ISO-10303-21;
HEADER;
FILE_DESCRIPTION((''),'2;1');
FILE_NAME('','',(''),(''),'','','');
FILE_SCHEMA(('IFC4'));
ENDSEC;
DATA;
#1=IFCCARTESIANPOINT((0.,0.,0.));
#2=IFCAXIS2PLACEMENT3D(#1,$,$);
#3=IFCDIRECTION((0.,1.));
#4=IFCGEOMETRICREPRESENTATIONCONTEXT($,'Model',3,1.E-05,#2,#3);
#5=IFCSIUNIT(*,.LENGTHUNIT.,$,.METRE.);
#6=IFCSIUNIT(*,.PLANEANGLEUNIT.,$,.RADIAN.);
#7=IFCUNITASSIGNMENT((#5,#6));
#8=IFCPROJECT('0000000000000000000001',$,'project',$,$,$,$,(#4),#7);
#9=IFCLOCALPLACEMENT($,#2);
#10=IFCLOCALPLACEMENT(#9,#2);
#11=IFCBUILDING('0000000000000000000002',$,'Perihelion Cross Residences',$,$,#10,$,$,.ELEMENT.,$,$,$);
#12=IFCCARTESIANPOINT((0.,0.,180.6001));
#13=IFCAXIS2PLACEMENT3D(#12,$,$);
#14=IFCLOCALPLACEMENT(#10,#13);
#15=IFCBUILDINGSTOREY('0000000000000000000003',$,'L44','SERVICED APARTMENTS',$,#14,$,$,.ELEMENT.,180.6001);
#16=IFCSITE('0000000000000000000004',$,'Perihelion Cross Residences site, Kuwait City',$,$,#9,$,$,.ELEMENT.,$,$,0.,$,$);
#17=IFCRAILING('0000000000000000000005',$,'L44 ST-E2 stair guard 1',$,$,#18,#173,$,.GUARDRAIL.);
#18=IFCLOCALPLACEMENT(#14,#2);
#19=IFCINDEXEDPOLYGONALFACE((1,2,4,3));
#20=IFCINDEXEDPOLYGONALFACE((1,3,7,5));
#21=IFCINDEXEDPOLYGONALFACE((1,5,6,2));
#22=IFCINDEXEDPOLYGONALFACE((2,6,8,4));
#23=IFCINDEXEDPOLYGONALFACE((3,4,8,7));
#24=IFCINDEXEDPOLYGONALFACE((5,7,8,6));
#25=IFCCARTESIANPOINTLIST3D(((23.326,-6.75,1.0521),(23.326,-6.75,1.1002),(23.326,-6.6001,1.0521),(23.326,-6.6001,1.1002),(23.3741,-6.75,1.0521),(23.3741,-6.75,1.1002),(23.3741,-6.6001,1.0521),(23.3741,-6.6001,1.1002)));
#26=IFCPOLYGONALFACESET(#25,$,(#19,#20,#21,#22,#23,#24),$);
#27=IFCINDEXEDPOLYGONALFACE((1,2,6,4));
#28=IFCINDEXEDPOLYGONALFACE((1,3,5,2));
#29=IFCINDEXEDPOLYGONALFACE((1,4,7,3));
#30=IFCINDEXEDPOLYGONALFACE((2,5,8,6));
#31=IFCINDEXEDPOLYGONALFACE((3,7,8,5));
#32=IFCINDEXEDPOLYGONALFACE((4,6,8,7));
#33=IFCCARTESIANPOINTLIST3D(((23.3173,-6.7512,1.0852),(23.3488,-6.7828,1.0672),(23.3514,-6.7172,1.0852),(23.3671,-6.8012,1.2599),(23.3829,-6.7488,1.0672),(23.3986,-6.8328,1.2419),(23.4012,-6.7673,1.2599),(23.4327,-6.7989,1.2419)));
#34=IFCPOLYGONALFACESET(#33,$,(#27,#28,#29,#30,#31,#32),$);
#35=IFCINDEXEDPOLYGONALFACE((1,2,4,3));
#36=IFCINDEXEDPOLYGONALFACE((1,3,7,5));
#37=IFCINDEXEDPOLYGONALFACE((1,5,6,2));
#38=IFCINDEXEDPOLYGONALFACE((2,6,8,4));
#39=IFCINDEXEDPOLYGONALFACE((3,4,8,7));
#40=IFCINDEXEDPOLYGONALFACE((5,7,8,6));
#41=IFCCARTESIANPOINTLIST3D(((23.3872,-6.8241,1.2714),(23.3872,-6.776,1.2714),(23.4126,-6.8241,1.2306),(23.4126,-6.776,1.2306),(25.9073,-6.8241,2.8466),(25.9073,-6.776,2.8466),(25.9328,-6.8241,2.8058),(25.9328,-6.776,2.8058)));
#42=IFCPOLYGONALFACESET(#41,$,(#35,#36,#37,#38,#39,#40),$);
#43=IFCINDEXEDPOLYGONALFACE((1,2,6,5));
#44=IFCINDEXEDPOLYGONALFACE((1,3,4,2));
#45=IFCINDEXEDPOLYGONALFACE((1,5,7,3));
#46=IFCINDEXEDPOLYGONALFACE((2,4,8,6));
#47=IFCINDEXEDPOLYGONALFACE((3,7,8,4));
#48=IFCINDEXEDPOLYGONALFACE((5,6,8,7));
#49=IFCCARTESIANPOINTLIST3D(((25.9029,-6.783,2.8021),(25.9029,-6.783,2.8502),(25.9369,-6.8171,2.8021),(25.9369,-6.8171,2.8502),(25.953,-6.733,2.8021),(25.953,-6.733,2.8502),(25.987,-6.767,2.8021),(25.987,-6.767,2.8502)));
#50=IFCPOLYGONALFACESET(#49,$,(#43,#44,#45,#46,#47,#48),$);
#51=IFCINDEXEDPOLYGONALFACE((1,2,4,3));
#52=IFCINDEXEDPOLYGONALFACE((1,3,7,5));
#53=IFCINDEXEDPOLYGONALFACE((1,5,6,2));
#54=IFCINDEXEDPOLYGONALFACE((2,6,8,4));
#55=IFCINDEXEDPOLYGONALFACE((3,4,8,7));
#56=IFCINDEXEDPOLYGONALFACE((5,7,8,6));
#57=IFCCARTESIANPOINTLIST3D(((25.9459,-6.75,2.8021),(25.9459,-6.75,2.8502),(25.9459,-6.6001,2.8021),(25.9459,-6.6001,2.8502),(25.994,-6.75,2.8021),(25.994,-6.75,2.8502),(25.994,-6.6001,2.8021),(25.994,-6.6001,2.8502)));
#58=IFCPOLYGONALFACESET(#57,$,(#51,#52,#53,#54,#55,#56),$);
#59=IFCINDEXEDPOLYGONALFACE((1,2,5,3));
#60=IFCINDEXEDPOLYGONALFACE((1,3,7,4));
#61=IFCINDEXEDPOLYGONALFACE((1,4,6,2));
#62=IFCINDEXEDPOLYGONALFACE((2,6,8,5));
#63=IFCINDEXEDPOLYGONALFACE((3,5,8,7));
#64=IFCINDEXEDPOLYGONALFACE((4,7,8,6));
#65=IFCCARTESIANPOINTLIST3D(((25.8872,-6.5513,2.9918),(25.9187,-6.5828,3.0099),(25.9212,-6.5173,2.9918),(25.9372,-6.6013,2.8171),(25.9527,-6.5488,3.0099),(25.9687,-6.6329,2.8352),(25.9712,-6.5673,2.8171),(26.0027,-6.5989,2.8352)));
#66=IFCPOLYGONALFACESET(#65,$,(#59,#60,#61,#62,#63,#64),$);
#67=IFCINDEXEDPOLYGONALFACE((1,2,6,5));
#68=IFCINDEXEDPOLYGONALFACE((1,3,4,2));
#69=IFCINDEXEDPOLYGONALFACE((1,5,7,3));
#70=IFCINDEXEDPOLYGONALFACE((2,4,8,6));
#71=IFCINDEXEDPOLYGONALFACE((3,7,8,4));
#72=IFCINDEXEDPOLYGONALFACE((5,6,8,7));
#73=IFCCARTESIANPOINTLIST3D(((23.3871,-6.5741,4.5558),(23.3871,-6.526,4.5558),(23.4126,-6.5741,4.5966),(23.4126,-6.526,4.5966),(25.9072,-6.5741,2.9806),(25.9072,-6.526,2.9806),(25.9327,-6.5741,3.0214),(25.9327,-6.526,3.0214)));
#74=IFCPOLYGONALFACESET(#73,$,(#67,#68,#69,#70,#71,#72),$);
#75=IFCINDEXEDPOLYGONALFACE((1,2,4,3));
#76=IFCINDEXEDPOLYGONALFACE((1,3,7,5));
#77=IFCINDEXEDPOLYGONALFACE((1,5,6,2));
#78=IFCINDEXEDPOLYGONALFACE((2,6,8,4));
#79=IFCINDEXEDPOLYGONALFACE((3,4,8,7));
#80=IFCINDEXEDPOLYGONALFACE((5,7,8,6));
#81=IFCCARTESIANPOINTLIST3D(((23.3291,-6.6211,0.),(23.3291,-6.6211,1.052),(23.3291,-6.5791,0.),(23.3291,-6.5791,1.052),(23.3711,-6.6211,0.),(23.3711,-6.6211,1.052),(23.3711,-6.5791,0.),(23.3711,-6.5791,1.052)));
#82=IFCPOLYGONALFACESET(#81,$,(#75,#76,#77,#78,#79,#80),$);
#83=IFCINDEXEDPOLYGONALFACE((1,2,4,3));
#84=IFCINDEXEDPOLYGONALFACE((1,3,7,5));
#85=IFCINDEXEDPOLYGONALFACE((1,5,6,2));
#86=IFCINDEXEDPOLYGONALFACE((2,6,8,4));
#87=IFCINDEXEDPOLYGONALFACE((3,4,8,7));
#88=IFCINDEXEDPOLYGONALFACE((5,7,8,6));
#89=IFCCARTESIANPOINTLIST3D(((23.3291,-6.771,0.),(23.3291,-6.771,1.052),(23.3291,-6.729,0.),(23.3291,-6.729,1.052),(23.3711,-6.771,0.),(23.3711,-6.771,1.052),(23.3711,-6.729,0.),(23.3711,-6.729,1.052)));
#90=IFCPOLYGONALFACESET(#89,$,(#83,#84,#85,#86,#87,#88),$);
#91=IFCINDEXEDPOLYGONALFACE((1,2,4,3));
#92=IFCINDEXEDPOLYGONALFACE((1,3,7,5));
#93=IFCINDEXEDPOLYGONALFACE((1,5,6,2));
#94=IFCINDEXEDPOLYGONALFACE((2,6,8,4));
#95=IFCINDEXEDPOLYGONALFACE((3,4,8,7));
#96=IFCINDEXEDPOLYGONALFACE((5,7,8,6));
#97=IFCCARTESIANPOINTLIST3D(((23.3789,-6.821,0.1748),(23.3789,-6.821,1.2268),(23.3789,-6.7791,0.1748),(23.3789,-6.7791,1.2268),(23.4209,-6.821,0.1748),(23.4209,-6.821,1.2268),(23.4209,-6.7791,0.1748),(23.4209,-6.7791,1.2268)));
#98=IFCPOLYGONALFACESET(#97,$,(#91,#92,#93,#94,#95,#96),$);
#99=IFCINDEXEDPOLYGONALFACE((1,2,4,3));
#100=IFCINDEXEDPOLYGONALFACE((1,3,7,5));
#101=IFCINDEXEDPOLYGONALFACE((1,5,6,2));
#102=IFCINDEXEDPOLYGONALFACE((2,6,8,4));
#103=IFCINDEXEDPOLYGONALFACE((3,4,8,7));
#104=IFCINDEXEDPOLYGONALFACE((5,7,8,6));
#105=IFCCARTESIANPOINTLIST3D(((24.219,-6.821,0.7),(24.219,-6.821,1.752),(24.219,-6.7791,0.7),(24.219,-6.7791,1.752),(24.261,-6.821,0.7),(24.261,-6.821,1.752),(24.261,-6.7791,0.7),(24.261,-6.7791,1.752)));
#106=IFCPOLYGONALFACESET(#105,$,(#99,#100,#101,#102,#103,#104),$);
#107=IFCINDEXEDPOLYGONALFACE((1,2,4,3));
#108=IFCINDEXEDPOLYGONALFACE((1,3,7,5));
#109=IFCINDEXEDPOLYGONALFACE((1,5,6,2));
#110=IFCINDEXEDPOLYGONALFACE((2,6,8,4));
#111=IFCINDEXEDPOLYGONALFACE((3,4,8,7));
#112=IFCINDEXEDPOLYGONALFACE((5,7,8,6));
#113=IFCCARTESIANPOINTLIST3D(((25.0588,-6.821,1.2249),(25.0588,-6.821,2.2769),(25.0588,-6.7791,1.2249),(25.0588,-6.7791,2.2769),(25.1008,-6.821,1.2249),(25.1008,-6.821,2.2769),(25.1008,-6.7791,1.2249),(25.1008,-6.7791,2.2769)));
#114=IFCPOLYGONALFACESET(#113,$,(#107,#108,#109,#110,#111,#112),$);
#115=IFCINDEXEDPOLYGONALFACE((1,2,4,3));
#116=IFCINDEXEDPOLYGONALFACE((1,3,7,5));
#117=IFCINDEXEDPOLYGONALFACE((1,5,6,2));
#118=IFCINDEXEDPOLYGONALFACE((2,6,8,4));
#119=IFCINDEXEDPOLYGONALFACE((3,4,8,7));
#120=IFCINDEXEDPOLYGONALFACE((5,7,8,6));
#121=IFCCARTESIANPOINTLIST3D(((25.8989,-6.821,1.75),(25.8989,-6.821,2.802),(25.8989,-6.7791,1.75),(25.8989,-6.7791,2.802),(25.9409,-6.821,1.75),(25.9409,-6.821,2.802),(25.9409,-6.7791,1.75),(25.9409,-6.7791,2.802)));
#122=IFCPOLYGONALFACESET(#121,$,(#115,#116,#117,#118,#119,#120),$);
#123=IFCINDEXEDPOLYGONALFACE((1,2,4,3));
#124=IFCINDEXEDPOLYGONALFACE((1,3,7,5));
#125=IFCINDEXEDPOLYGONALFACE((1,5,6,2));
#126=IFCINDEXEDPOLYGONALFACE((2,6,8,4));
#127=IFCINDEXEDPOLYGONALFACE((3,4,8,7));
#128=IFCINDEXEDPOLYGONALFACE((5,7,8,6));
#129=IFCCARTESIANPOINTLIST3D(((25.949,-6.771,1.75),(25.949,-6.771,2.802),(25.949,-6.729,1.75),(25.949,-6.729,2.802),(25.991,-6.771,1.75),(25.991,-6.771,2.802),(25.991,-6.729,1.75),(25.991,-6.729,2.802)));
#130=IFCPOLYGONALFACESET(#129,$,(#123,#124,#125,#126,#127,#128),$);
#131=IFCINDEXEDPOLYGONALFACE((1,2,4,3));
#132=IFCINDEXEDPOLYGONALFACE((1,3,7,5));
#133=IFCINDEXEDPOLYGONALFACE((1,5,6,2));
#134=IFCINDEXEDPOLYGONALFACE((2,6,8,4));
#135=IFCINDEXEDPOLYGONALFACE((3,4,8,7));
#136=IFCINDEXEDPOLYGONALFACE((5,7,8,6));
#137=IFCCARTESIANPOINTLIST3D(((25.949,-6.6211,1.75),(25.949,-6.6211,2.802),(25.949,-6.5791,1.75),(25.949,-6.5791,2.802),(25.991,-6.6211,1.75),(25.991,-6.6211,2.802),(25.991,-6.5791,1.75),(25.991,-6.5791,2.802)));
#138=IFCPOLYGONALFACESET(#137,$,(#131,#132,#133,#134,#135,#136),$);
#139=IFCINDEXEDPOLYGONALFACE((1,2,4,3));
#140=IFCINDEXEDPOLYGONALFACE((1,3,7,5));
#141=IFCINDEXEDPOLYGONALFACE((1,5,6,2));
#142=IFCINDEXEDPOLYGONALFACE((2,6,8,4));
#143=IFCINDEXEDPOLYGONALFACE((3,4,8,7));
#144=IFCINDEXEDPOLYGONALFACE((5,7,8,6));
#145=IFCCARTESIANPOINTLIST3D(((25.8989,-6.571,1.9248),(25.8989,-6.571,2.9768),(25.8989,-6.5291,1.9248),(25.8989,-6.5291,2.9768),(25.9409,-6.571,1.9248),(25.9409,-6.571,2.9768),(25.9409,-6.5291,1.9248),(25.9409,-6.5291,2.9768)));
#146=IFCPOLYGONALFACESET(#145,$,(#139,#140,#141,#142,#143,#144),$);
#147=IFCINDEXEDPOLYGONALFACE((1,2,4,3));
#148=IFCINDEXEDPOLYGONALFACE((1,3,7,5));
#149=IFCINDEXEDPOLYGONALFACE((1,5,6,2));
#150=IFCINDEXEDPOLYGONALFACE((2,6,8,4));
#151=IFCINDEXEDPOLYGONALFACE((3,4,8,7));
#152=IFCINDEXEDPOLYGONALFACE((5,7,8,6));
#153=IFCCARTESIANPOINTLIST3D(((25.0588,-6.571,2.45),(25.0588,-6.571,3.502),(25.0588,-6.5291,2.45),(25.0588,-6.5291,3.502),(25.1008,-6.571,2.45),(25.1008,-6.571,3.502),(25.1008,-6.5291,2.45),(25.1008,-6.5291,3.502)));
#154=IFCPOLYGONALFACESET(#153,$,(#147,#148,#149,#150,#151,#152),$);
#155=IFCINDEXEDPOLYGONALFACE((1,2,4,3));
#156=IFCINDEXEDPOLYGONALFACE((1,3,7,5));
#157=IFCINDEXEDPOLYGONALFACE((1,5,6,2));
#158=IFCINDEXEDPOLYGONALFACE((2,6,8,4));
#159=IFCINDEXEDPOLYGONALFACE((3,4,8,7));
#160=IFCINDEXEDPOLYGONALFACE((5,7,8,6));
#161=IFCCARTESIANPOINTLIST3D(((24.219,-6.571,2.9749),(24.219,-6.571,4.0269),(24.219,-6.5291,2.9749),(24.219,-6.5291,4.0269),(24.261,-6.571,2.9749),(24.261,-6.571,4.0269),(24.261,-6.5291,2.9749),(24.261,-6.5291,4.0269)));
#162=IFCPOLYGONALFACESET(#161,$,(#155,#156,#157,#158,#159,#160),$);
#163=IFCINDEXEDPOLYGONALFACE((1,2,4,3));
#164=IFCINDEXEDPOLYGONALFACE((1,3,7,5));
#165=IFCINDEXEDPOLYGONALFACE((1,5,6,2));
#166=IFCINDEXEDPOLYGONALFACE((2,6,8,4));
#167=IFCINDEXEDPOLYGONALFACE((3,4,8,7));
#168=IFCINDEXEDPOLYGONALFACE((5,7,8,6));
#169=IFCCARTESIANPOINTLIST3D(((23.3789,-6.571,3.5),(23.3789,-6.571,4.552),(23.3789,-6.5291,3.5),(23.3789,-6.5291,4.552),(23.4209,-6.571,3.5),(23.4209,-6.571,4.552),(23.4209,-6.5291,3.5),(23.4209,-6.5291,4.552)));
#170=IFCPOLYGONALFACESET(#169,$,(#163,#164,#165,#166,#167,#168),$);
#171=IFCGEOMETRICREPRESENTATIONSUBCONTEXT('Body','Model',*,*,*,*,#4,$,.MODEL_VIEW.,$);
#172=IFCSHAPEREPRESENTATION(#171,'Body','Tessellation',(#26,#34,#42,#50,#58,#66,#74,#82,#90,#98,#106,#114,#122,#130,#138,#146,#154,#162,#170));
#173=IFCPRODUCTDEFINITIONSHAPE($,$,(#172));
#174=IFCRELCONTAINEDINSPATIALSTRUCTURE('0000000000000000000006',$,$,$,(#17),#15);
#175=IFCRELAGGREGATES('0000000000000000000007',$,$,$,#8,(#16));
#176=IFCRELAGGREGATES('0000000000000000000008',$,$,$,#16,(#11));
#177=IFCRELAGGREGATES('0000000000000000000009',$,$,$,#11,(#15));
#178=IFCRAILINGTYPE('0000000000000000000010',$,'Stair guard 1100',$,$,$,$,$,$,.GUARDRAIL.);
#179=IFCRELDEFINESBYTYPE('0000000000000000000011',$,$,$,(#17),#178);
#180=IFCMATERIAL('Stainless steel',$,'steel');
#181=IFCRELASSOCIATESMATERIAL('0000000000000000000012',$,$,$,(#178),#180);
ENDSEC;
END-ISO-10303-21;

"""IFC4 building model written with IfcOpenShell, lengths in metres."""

from ifc_helpers import new_model, si_unit, direction, frame, origin, origin_2d, place, context, subcontext, project, spatial, rectangle, extrude, material, type_object, element, save


model = new_model("IFC4")

# Units and contexts
model_context = context("Model", 3, precision=1e-05, world=origin(), true_north=direction((0.0, 1.0)))
body_context = subcontext(model_context, "Body", "Model", "MODEL_VIEW")
ifc_project = project(units=[si_unit("LENGTHUNIT", "METRE"), si_unit("PLANEANGLEUNIT", "RADIAN")], contexts=[model_context])

# Site, building, storey
site_placement = place(None, origin())
site = spatial("IfcSite", under=ifc_project, at=site_placement, Name="Perihelion Cross Residences site, Kuwait City", CompositionType="ELEMENT", RefElevation=0.0)
building_placement = place(site_placement, origin())
building = spatial("IfcBuilding", under=site, at=building_placement, Name="Perihelion Cross Residences", CompositionType="ELEMENT")
storey_placement = place(building_placement, frame((0.0, 0.0, 180.6001)))
storey = spatial("IfcBuildingStorey", under=building, at=storey_placement, Name="L44", Description="SERVICED APARTMENTS", CompositionType="ELEMENT", Elevation=180.6001)

# Railing
ifc_material_1 = material(Name="Stainless steel", Category="steel")
railing_type_1 = type_object("IfcRailingType", Name="Stair guard 1100", PredefinedType="GUARDRAIL", material=ifc_material_1)
railing_1_placement = place(storey_placement, frame((23.3501, -6.6001, 0.0)))
element("IfcRailing", 1, at=railing_1_placement, inside=storey, type_object=railing_type_1, Name="L44 ST-E2 stair guard 1", PredefinedType="GUARDRAIL", context=body_context, shape_type="SweptSolid", body=[
    extrude(rectangle(XDim=0.0481, YDim=0.0481, at=origin_2d()), frame((0.0, 0.0, 1.0762), z_axis=(0.0, -1.0, 0.0), x_axis=(1.0, 0.0, 0.0)), (0.0, 0.0, 1.0), 0.1499),
    extrude(rectangle(XDim=0.0481, YDim=0.0481, at=origin_2d()), frame((0.0, -0.1499, 1.0762), z_axis=(0.264179, -0.265474, 0.927218), x_axis=(0.708834, 0.705376, 0.0)), (0.0, 0.0, 1.0), 0.1885),
    extrude(rectangle(XDim=0.0481, YDim=0.0481, at=origin_2d()), frame((0.0498, -0.2, 1.251), z_axis=(0.847971, 0.0, 0.530043), x_axis=(0.0, 1.0, 0.0)), (0.0, 0.0, 1.0), 2.9719),
    extrude(rectangle(XDim=0.0481, YDim=0.0481, at=origin_2d()), frame((2.5698, -0.2, 2.8262), z_axis=(0.707107, 0.707107, 0.0), x_axis=(-0.707107, 0.707107, 0.0)), (0.0, 0.0, 1.0), 0.0708),
    extrude(rectangle(XDim=0.0481, YDim=0.0481, at=origin_2d()), frame((2.6199, -0.1499, 2.8262), z_axis=(0.0, 1.0, 0.0), x_axis=(-1.0, 0.0, 0.0)), (0.0, 0.0, 1.0), 0.1499),
    extrude(rectangle(XDim=0.0481, YDim=0.0481, at=origin_2d()), frame((2.6199, 0.0, 2.8262), z_axis=(-0.265383, 0.265383, 0.9269), x_axis=(-0.707107, -0.707107, 0.0)), (0.0, 0.0, 1.0), 0.1885),
    extrude(rectangle(XDim=0.0481, YDim=0.0481, at=origin_2d()), frame((2.5698, 0.05, 3.001), z_axis=(-0.847971, 0.0, 0.530043), x_axis=(0.0, -1.0, 0.0)), (0.0, 0.0, 1.0), 2.9719),
    extrude(rectangle(XDim=0.042, YDim=0.042, at=origin_2d()), origin(), (0.0, 0.0, 1.0), 1.052),
    extrude(rectangle(XDim=0.042, YDim=0.042, at=origin_2d()), frame((0.0, -0.1499, 0.0)), (0.0, 0.0, 1.0), 1.052),
    extrude(rectangle(XDim=0.042, YDim=0.042, at=origin_2d()), frame((0.0498, -0.2, 0.1748)), (0.0, 0.0, 1.0), 1.052),
    extrude(rectangle(XDim=0.042, YDim=0.042, at=origin_2d()), frame((0.8899, -0.2, 0.7)), (0.0, 0.0, 1.0), 1.052),
    extrude(rectangle(XDim=0.042, YDim=0.042, at=origin_2d()), frame((1.7297, -0.2, 1.2249)), (0.0, 0.0, 1.0), 1.052),
    extrude(rectangle(XDim=0.042, YDim=0.042, at=origin_2d()), frame((2.5698, -0.2, 1.75)), (0.0, 0.0, 1.0), 1.052),
    extrude(rectangle(XDim=0.042, YDim=0.042, at=origin_2d()), frame((2.6199, -0.1499, 1.75)), (0.0, 0.0, 1.0), 1.052),
    extrude(rectangle(XDim=0.042, YDim=0.042, at=origin_2d()), frame((2.6199, 0.0, 1.75)), (0.0, 0.0, 1.0), 1.052),
    extrude(rectangle(XDim=0.042, YDim=0.042, at=origin_2d()), frame((2.5698, 0.05, 1.9248)), (0.0, 0.0, 1.0), 1.052),
    extrude(rectangle(XDim=0.042, YDim=0.042, at=origin_2d()), frame((1.7297, 0.05, 2.45)), (0.0, 0.0, 1.0), 1.052),
    extrude(rectangle(XDim=0.042, YDim=0.042, at=origin_2d()), frame((0.8899, 0.05, 2.9749)), (0.0, 0.0, 1.0), 1.052),
    extrude(rectangle(XDim=0.042, YDim=0.042, at=origin_2d()), frame((0.0498, 0.05, 3.5)), (0.0, 0.0, 1.0), 1.052),
])

save(model, "model.ifc")
